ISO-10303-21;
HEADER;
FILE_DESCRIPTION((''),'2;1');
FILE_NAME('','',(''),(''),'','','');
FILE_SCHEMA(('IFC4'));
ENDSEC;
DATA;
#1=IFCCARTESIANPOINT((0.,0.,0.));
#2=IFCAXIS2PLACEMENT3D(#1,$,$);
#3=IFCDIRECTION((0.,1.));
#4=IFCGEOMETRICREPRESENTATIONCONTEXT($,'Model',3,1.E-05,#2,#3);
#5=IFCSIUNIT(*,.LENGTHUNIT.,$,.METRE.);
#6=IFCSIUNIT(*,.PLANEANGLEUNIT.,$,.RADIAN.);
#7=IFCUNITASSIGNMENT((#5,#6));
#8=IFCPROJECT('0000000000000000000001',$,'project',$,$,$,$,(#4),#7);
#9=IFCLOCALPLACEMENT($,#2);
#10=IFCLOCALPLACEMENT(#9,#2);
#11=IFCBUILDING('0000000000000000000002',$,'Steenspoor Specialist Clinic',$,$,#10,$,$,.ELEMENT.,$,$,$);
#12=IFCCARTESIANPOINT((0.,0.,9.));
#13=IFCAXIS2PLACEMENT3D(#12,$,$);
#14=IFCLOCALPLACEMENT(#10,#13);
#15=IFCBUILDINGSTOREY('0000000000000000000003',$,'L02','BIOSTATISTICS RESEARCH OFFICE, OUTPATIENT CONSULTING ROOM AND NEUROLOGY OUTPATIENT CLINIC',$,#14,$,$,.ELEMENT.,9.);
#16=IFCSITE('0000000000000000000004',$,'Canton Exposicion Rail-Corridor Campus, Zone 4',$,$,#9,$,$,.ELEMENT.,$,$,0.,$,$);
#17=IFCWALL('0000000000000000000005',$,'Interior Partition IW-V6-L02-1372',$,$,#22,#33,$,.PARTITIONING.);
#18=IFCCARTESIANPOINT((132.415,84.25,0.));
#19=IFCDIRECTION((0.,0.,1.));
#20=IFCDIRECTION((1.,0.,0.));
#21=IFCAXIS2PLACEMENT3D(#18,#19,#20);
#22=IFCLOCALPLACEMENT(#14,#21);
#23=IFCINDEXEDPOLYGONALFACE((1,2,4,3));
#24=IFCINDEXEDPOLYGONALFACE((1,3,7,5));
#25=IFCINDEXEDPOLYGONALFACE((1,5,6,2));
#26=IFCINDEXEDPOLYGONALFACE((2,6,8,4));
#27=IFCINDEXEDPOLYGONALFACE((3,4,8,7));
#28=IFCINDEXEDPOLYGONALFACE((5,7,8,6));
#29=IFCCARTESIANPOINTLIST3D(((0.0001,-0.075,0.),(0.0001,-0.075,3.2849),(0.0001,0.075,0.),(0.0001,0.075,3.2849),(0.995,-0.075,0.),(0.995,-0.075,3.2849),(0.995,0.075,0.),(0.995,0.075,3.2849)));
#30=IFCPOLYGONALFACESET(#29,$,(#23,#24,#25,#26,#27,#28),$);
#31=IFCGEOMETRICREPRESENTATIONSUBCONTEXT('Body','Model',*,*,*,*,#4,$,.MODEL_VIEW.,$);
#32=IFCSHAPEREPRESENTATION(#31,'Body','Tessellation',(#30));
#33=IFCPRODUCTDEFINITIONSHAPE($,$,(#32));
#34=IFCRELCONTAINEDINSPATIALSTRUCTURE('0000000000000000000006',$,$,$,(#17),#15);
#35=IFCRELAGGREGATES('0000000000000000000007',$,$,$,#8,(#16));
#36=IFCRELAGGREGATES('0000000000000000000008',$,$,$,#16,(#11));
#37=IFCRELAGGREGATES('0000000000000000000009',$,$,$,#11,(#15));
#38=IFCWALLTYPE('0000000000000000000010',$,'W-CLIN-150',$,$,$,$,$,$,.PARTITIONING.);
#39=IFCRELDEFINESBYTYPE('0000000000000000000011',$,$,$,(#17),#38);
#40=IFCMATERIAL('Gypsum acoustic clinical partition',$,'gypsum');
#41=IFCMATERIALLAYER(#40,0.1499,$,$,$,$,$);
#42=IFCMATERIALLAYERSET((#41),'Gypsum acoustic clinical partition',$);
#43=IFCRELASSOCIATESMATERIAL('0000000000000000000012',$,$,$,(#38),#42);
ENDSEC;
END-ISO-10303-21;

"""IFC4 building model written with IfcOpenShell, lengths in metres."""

from ifc_helpers import new_model, si_unit, direction, frame, frame_2d, origin, place, context, subcontext, project, spatial, rectangle, extrude, material, layer, layer_set, type_object, element, save


model = new_model("IFC4")

# Units and contexts
model_context = context("Model", 3, precision=1e-05, world=origin(), true_north=direction((0.0, 1.0)))
body_context = subcontext(model_context, "Body", "Model", "MODEL_VIEW")
ifc_project = project(units=[si_unit("LENGTHUNIT", "METRE"), si_unit("PLANEANGLEUNIT", "RADIAN")], contexts=[model_context])

# Site, building, storey
site_placement = place(None, origin())
site = spatial("IfcSite", under=ifc_project, at=site_placement, Name="Canton Exposicion Rail-Corridor Campus, Zone 4", CompositionType="ELEMENT", RefElevation=0.0)
building_placement = place(site_placement, origin())
building = spatial("IfcBuilding", under=site, at=building_placement, Name="Steenspoor Specialist Clinic", CompositionType="ELEMENT")
storey_placement = place(building_placement, frame((0.0, 0.0, 9.0)))
storey = spatial("IfcBuildingStorey", under=building, at=storey_placement, Name="L02", Description="BIOSTATISTICS RESEARCH OFFICE, OUTPATIENT CONSULTING ROOM AND NEUROLOGY OUTPATIENT CLINIC", CompositionType="ELEMENT", Elevation=9.0)

# Shared definitions
ifc_material_1 = material(Name="Gypsum acoustic clinical partition", Category="gypsum")
ifc_layer_1 = layer(ifc_material_1, 0.1499)
ifc_layer_set_1 = layer_set([ifc_layer_1], Name="Gypsum acoustic clinical partition")
wall_type_1 = type_object("IfcWallType", Name="W-CLIN-150", PredefinedType="PARTITIONING", material=ifc_layer_set_1)

# Wall
wall_1_placement = place(storey_placement, frame((132.415, 84.25, 0.0), z_axis=(0.0, 0.0, 1.0), x_axis=(1.0, 0.0, 0.0)))
element("IfcWall", 1, at=wall_1_placement, inside=storey, type_object=wall_type_1, Name="Interior Partition IW-V6-L02-1372", PredefinedType="PARTITIONING", context=body_context, shape_type="SweptSolid", body=[
    extrude(rectangle(XDim=0.9949, YDim=0.1499, at=frame_2d((0.4976, 0.0))), origin(), (0.0, 0.0, 1.0), 3.2849),
])

save(model, "model.ifc")
